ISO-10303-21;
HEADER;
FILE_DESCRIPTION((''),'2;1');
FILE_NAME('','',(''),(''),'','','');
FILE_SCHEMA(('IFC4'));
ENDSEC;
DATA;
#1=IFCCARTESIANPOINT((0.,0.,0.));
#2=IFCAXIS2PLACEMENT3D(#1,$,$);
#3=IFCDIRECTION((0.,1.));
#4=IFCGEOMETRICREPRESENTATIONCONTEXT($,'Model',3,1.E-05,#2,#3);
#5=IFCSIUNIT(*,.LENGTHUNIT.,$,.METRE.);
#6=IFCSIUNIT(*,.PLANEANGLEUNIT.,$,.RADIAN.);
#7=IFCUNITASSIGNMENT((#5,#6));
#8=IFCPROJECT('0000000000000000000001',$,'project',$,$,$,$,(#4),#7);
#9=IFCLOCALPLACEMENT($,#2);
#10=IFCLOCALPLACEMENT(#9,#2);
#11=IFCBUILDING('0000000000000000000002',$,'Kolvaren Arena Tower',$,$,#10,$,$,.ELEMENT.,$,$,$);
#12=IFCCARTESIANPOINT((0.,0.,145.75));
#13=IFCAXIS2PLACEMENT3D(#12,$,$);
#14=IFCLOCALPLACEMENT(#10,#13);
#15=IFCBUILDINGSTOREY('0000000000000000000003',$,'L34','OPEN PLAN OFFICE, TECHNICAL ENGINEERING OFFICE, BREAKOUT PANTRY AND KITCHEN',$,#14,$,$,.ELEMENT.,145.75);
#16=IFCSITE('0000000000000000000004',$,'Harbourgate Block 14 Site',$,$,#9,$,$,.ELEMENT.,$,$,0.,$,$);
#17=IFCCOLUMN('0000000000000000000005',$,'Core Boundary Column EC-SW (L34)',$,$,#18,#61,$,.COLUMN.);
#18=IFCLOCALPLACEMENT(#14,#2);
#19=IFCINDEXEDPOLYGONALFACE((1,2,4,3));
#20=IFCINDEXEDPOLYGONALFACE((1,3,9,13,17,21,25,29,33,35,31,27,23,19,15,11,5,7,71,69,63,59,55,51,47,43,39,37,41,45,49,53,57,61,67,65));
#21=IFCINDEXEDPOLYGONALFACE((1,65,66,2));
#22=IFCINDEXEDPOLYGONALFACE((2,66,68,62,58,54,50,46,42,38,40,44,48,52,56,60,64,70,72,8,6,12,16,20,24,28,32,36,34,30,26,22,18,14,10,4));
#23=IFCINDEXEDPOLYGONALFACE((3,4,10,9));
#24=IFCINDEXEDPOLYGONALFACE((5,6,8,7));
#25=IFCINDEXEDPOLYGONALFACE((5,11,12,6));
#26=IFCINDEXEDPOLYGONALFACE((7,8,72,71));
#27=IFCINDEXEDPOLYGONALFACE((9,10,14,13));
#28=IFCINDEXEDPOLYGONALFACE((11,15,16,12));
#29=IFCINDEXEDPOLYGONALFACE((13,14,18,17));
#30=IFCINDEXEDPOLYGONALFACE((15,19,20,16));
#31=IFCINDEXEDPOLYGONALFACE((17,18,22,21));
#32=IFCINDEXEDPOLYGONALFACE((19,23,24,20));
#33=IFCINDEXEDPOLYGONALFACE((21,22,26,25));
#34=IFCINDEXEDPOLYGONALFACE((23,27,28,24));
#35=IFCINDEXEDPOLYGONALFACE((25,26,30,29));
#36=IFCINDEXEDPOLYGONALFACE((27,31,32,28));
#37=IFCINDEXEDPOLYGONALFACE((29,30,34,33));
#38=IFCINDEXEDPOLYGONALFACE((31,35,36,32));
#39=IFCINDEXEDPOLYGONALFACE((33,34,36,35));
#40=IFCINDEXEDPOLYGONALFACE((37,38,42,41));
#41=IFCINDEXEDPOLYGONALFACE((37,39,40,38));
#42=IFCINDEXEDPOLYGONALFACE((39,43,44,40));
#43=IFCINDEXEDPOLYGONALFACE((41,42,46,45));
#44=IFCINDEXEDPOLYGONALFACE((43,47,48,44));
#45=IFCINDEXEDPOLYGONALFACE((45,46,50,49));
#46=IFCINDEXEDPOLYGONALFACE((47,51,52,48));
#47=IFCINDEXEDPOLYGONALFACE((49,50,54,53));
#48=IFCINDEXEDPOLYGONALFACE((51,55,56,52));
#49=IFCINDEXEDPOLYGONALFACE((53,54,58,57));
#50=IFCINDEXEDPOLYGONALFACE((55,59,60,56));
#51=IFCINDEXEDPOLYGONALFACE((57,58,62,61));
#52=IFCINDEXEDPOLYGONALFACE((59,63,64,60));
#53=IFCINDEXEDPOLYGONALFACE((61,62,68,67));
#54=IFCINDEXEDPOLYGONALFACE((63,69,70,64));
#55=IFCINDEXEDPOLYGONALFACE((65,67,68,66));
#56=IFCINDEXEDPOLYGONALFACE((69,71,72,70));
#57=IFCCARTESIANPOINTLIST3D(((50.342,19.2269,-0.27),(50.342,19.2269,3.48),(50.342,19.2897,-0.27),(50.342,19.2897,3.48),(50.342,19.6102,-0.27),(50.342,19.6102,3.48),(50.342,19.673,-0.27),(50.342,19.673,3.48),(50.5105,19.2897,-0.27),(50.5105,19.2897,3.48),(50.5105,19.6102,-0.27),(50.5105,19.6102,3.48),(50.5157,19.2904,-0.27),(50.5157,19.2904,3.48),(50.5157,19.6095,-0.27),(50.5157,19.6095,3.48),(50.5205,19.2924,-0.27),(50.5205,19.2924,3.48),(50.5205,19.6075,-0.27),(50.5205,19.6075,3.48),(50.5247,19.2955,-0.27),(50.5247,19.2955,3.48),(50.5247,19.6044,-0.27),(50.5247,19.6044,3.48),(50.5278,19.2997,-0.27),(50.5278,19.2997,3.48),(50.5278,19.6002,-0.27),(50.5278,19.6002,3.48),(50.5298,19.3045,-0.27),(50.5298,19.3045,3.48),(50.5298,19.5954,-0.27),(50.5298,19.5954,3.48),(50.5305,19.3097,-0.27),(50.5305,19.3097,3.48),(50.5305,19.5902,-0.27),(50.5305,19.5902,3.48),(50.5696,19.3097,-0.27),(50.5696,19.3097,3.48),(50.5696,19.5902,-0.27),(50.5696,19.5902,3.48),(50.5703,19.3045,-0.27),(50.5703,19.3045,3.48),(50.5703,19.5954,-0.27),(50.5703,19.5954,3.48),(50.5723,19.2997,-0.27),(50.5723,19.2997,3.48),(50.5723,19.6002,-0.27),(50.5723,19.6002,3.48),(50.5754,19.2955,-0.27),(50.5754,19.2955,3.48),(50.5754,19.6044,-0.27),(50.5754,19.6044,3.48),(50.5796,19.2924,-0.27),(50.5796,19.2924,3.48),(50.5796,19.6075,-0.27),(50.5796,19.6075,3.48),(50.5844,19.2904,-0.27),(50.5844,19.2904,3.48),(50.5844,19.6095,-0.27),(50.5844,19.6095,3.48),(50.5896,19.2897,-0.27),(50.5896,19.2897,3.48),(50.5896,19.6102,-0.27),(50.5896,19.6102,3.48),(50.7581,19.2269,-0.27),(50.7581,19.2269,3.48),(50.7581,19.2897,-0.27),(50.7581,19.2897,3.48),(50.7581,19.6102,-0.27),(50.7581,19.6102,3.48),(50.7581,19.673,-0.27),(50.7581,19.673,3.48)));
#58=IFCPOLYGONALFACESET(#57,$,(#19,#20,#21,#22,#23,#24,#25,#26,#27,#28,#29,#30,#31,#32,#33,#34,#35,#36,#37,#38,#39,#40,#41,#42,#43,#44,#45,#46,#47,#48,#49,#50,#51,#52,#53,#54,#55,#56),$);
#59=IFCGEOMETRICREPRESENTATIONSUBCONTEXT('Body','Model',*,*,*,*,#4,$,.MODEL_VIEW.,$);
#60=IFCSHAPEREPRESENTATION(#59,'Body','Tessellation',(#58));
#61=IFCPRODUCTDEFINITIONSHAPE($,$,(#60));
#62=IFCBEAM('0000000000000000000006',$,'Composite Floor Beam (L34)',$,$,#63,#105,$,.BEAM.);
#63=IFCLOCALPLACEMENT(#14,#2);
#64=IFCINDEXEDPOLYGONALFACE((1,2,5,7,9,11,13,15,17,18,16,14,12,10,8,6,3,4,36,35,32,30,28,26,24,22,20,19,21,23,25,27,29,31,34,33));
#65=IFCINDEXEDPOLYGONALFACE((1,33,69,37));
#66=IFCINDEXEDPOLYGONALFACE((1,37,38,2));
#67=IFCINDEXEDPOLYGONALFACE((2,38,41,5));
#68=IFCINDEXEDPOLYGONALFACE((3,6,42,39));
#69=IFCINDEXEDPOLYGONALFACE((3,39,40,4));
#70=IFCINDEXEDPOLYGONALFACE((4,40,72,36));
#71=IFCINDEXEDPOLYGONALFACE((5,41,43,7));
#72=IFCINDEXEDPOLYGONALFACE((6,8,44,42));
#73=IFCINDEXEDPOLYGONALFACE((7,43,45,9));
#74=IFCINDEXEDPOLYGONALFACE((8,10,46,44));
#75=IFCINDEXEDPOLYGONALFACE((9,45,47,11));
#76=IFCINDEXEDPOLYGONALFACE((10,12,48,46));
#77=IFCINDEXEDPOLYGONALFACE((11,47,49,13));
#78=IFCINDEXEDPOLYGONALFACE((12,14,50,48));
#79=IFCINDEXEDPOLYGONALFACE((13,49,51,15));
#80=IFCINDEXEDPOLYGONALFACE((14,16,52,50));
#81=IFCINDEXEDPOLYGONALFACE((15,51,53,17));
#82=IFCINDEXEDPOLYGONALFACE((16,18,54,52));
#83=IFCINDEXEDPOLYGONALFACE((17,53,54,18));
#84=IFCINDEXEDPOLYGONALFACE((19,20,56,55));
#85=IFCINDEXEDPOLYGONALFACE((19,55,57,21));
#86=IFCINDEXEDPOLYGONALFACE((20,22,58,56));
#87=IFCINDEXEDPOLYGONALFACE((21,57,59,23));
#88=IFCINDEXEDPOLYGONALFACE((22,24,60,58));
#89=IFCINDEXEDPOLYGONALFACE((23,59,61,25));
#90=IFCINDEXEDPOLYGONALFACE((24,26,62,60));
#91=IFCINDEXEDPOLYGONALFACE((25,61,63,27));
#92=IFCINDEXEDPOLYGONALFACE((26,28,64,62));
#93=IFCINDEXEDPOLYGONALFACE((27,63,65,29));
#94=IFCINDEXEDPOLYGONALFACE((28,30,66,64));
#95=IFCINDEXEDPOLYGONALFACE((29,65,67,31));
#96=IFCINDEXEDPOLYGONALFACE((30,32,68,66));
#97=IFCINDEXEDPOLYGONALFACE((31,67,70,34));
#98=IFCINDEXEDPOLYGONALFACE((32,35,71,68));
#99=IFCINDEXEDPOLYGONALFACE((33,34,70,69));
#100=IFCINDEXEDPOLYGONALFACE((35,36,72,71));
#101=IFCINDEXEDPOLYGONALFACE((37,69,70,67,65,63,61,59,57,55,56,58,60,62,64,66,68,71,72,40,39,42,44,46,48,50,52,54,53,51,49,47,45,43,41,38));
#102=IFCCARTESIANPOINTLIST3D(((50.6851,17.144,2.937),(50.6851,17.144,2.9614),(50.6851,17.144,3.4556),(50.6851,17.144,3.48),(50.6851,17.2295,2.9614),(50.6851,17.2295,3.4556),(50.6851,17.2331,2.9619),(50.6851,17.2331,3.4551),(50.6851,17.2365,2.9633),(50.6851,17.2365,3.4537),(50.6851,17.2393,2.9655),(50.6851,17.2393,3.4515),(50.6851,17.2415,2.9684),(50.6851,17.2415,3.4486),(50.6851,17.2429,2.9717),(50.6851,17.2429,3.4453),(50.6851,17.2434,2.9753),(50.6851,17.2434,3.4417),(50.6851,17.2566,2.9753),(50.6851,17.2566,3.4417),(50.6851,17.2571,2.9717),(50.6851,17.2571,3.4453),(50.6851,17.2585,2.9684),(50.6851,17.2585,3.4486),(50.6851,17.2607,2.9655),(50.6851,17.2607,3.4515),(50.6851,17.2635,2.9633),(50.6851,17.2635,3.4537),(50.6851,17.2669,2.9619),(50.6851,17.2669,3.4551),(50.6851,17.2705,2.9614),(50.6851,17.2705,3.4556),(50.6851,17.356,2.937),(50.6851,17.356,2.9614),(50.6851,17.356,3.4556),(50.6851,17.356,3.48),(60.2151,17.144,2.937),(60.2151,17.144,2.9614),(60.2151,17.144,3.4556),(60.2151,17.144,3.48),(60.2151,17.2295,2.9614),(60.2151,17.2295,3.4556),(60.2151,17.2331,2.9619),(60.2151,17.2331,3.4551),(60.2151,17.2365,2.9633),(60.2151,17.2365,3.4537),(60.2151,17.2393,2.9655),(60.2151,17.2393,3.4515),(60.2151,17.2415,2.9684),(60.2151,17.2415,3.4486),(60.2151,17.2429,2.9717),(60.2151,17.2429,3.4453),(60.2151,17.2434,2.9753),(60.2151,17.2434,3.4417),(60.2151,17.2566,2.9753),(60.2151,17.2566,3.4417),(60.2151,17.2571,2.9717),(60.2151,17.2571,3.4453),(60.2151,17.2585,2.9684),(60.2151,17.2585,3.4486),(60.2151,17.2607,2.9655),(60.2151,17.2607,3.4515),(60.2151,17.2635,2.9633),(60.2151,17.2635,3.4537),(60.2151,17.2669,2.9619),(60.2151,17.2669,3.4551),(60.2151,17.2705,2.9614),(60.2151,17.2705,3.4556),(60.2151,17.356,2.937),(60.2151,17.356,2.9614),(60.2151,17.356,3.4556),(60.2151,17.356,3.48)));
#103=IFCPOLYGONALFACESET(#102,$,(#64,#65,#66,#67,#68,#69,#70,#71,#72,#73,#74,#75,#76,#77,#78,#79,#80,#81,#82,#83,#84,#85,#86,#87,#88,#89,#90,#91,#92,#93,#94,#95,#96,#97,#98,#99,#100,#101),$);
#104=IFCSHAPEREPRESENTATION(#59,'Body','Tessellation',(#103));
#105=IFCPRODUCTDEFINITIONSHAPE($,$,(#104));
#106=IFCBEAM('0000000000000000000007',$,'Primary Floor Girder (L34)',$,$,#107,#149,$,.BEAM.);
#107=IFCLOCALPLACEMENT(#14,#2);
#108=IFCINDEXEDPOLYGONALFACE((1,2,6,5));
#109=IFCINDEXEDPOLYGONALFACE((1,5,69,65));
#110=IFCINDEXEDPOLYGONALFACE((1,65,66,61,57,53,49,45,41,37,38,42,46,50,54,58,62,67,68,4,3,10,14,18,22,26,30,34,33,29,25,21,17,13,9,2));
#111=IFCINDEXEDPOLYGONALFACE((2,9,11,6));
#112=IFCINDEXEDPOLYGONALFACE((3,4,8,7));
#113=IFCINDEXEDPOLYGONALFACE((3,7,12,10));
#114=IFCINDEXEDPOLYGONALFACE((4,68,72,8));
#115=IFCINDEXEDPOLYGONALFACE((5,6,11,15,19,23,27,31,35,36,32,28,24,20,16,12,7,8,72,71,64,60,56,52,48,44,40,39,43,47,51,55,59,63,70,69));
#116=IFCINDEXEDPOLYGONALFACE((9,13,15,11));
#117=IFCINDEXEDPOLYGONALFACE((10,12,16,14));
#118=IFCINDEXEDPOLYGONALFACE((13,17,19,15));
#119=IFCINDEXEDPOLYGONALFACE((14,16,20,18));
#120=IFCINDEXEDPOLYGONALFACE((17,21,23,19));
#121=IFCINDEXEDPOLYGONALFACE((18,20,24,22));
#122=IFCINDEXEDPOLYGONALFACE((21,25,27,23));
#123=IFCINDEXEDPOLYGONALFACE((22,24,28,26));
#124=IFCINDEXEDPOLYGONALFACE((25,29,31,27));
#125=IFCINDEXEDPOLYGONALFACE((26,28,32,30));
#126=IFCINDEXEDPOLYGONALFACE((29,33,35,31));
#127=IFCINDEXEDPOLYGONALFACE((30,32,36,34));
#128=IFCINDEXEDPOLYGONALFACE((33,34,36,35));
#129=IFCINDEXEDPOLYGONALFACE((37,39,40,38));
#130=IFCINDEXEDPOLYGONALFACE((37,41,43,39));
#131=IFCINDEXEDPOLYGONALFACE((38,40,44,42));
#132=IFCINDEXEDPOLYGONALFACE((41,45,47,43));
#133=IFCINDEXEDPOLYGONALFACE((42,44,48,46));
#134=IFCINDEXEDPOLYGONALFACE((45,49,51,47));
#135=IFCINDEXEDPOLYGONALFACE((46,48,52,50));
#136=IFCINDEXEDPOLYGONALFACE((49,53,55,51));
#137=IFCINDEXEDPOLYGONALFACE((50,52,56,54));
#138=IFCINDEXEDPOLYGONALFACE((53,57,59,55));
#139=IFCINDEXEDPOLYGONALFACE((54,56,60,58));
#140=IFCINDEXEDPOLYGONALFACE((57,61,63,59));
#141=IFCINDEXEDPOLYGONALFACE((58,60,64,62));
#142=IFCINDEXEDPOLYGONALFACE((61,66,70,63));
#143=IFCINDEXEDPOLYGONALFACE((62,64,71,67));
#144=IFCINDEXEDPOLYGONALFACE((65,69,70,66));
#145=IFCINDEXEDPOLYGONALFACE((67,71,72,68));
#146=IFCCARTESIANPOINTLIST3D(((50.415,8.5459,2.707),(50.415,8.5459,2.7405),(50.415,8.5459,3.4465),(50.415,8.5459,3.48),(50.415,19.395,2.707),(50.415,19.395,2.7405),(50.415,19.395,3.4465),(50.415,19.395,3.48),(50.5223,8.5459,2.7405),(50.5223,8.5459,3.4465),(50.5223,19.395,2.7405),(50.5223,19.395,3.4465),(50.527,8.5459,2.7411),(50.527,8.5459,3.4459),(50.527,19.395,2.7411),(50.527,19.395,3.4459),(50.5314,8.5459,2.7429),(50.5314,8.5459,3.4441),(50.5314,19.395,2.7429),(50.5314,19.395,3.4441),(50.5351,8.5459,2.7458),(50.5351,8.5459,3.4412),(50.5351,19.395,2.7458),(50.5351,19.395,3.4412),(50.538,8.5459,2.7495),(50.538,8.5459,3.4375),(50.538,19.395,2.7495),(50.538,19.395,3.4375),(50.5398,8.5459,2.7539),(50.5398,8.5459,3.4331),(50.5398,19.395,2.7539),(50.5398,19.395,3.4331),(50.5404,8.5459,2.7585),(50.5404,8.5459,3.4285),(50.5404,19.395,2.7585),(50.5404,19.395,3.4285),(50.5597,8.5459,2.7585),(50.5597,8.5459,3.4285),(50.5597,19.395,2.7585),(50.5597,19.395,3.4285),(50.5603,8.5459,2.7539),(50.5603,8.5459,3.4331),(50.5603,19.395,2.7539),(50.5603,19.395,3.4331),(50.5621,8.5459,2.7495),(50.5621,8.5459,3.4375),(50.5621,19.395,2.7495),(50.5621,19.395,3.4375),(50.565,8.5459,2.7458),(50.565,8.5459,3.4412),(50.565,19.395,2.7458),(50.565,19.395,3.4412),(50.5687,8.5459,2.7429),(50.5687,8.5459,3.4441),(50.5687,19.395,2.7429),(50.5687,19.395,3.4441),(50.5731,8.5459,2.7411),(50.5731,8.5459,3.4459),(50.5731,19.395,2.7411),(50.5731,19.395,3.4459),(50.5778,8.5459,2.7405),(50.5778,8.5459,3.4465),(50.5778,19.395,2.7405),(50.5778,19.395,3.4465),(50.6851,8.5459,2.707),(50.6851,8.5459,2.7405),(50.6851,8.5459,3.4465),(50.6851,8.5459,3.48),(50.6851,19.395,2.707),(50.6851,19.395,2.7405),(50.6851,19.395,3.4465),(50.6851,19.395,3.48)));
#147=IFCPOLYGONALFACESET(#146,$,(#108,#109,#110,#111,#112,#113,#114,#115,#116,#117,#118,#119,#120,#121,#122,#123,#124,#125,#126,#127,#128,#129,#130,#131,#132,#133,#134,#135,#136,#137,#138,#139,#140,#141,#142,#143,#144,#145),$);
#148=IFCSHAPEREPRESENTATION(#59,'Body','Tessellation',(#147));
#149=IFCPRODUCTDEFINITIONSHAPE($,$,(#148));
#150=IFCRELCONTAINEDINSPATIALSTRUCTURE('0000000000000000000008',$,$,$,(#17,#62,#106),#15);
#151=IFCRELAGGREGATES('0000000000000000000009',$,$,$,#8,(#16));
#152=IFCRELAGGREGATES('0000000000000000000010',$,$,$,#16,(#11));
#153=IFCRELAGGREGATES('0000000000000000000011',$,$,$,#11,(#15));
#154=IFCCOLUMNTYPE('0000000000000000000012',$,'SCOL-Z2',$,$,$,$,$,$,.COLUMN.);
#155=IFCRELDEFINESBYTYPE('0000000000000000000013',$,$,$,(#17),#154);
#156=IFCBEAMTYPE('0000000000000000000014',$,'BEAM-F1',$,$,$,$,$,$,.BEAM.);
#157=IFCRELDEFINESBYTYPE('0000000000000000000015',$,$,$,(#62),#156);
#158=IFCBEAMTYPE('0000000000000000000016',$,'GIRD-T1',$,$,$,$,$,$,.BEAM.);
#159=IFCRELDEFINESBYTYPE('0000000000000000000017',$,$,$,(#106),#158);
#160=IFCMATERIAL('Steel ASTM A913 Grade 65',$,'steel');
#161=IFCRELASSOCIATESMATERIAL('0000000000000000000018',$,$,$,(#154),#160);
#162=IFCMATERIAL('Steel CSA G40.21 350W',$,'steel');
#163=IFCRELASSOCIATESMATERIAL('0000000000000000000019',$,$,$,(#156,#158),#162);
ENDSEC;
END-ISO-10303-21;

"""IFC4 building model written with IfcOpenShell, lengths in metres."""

from ifc_helpers import new_model, si_unit, direction, frame, origin, origin_2d, place, context, subcontext, project, spatial, i_section, extrude, material, material_profile, profile_set, type_object, element, save


model = new_model("IFC4")

# Units and contexts
model_context = context("Model", 3, precision=1e-05, world=origin(), true_north=direction((0.0, 1.0)))
body_context = subcontext(model_context, "Body", "Model", "MODEL_VIEW")
ifc_project = project(units=[si_unit("LENGTHUNIT", "METRE"), si_unit("PLANEANGLEUNIT", "RADIAN")], contexts=[model_context])

# Site, building, storey
site_placement = place(None, origin())
site = spatial("IfcSite", under=ifc_project, at=site_placement, Name="Harbourgate Block 14 Site", CompositionType="ELEMENT", RefElevation=0.0)
building_placement = place(site_placement, origin())
building = spatial("IfcBuilding", under=site, at=building_placement, Name="Kolvaren Arena Tower", CompositionType="ELEMENT")
storey_placement = place(building_placement, frame((0.0, 0.0, 145.75)))
storey = spatial("IfcBuildingStorey", under=building, at=storey_placement, Name="L34", Description="OPEN PLAN OFFICE, TECHNICAL ENGINEERING OFFICE, BREAKOUT PANTRY AND KITCHEN", CompositionType="ELEMENT", Elevation=145.75)

# Column
ifc_material_1 = material(Name="Steel ASTM A913 Grade 65", Category="steel")
ifc_material_profile_1 = material_profile(ifc_material_1, i_section(OverallWidth=0.416, OverallDepth=0.446, WebThickness=0.0391, FlangeThickness=0.0627, FilletRadius=0.02, at=origin_2d()), Name="W360x509")
ifc_profile_set_1 = profile_set([ifc_material_profile_1], Name="Steel ASTM A913 Grade 65")
column_type = type_object("IfcColumnType", Name="SCOL-Z2", PredefinedType="COLUMN", material=ifc_profile_set_1)
column_placement = place(storey_placement, frame((50.55, 19.45, -0.27), z_axis=(0.0, 0.0, 1.0), x_axis=(1.0, 0.0, 0.0)))
element("IfcColumn", 1, at=column_placement, inside=storey, type_object=column_type, Name="Core Boundary Column EC-SW (L34)", PredefinedType="COLUMN", context=body_context, shape_type="SweptSolid", body=[
    extrude(i_section(OverallWidth=0.416, OverallDepth=0.446, WebThickness=0.0391, FlangeThickness=0.0627, FilletRadius=0.02, at=origin_2d()), origin(), (0.0, 0.0, 1.0), 3.75),
])

# Beams
ifc_material_2 = material(Name="Steel CSA G40.21 350W", Category="steel")
ifc_material_profile_2 = material_profile(ifc_material_2, i_section(OverallWidth=0.2119, OverallDepth=0.543, WebThickness=0.0132, FlangeThickness=0.0244, FilletRadius=0.0139, at=origin_2d()), Name="W530x150")
ifc_profile_set_2 = profile_set([ifc_material_profile_2], Name="Steel CSA G40.21 350W")
beam_type_1 = type_object("IfcBeamType", Name="BEAM-F1", PredefinedType="BEAM", material=ifc_profile_set_2)
beam_1_placement = place(storey_placement, frame((50.6851, 17.25, 3.2085), z_axis=(1.0, 0.0, 0.0), x_axis=(0.0, 1.0, 0.0)))
element("IfcBeam", 2, at=beam_1_placement, inside=storey, type_object=beam_type_1, Name="Composite Floor Beam (L34)", PredefinedType="BEAM", context=body_context, shape_type="SweptSolid", body=[
    extrude(i_section(OverallWidth=0.2119, OverallDepth=0.543, WebThickness=0.0132, FlangeThickness=0.0244, FilletRadius=0.0139, at=origin_2d()), origin(), (0.0, 0.0, 1.0), 9.53),
])
ifc_material_profile_3 = material_profile(ifc_material_2, i_section(OverallWidth=0.27, OverallDepth=0.7729, WebThickness=0.0193, FlangeThickness=0.0334, FilletRadius=0.0181, at=origin_2d()), Name="W760x257")
ifc_profile_set_3 = profile_set([ifc_material_profile_3], Name="Steel CSA G40.21 350W")
beam_type_2 = type_object("IfcBeamType", Name="GIRD-T1", PredefinedType="BEAM", material=ifc_profile_set_3)
beam_2_placement = place(storey_placement, frame((50.55, 8.5459, 3.0935), z_axis=(0.0, 1.0, 0.0), x_axis=(-1.0, 0.0, 0.0)))
element("IfcBeam", 3, at=beam_2_placement, inside=storey, type_object=beam_type_2, Name="Primary Floor Girder (L34)", PredefinedType="BEAM", context=body_context, shape_type="SweptSolid", body=[
    extrude(i_section(OverallWidth=0.27, OverallDepth=0.7729, WebThickness=0.0193, FlangeThickness=0.0334, FilletRadius=0.0181, at=origin_2d()), origin(), (0.0, 0.0, 1.0), 10.8491),
])

save(model, "model.ifc")
